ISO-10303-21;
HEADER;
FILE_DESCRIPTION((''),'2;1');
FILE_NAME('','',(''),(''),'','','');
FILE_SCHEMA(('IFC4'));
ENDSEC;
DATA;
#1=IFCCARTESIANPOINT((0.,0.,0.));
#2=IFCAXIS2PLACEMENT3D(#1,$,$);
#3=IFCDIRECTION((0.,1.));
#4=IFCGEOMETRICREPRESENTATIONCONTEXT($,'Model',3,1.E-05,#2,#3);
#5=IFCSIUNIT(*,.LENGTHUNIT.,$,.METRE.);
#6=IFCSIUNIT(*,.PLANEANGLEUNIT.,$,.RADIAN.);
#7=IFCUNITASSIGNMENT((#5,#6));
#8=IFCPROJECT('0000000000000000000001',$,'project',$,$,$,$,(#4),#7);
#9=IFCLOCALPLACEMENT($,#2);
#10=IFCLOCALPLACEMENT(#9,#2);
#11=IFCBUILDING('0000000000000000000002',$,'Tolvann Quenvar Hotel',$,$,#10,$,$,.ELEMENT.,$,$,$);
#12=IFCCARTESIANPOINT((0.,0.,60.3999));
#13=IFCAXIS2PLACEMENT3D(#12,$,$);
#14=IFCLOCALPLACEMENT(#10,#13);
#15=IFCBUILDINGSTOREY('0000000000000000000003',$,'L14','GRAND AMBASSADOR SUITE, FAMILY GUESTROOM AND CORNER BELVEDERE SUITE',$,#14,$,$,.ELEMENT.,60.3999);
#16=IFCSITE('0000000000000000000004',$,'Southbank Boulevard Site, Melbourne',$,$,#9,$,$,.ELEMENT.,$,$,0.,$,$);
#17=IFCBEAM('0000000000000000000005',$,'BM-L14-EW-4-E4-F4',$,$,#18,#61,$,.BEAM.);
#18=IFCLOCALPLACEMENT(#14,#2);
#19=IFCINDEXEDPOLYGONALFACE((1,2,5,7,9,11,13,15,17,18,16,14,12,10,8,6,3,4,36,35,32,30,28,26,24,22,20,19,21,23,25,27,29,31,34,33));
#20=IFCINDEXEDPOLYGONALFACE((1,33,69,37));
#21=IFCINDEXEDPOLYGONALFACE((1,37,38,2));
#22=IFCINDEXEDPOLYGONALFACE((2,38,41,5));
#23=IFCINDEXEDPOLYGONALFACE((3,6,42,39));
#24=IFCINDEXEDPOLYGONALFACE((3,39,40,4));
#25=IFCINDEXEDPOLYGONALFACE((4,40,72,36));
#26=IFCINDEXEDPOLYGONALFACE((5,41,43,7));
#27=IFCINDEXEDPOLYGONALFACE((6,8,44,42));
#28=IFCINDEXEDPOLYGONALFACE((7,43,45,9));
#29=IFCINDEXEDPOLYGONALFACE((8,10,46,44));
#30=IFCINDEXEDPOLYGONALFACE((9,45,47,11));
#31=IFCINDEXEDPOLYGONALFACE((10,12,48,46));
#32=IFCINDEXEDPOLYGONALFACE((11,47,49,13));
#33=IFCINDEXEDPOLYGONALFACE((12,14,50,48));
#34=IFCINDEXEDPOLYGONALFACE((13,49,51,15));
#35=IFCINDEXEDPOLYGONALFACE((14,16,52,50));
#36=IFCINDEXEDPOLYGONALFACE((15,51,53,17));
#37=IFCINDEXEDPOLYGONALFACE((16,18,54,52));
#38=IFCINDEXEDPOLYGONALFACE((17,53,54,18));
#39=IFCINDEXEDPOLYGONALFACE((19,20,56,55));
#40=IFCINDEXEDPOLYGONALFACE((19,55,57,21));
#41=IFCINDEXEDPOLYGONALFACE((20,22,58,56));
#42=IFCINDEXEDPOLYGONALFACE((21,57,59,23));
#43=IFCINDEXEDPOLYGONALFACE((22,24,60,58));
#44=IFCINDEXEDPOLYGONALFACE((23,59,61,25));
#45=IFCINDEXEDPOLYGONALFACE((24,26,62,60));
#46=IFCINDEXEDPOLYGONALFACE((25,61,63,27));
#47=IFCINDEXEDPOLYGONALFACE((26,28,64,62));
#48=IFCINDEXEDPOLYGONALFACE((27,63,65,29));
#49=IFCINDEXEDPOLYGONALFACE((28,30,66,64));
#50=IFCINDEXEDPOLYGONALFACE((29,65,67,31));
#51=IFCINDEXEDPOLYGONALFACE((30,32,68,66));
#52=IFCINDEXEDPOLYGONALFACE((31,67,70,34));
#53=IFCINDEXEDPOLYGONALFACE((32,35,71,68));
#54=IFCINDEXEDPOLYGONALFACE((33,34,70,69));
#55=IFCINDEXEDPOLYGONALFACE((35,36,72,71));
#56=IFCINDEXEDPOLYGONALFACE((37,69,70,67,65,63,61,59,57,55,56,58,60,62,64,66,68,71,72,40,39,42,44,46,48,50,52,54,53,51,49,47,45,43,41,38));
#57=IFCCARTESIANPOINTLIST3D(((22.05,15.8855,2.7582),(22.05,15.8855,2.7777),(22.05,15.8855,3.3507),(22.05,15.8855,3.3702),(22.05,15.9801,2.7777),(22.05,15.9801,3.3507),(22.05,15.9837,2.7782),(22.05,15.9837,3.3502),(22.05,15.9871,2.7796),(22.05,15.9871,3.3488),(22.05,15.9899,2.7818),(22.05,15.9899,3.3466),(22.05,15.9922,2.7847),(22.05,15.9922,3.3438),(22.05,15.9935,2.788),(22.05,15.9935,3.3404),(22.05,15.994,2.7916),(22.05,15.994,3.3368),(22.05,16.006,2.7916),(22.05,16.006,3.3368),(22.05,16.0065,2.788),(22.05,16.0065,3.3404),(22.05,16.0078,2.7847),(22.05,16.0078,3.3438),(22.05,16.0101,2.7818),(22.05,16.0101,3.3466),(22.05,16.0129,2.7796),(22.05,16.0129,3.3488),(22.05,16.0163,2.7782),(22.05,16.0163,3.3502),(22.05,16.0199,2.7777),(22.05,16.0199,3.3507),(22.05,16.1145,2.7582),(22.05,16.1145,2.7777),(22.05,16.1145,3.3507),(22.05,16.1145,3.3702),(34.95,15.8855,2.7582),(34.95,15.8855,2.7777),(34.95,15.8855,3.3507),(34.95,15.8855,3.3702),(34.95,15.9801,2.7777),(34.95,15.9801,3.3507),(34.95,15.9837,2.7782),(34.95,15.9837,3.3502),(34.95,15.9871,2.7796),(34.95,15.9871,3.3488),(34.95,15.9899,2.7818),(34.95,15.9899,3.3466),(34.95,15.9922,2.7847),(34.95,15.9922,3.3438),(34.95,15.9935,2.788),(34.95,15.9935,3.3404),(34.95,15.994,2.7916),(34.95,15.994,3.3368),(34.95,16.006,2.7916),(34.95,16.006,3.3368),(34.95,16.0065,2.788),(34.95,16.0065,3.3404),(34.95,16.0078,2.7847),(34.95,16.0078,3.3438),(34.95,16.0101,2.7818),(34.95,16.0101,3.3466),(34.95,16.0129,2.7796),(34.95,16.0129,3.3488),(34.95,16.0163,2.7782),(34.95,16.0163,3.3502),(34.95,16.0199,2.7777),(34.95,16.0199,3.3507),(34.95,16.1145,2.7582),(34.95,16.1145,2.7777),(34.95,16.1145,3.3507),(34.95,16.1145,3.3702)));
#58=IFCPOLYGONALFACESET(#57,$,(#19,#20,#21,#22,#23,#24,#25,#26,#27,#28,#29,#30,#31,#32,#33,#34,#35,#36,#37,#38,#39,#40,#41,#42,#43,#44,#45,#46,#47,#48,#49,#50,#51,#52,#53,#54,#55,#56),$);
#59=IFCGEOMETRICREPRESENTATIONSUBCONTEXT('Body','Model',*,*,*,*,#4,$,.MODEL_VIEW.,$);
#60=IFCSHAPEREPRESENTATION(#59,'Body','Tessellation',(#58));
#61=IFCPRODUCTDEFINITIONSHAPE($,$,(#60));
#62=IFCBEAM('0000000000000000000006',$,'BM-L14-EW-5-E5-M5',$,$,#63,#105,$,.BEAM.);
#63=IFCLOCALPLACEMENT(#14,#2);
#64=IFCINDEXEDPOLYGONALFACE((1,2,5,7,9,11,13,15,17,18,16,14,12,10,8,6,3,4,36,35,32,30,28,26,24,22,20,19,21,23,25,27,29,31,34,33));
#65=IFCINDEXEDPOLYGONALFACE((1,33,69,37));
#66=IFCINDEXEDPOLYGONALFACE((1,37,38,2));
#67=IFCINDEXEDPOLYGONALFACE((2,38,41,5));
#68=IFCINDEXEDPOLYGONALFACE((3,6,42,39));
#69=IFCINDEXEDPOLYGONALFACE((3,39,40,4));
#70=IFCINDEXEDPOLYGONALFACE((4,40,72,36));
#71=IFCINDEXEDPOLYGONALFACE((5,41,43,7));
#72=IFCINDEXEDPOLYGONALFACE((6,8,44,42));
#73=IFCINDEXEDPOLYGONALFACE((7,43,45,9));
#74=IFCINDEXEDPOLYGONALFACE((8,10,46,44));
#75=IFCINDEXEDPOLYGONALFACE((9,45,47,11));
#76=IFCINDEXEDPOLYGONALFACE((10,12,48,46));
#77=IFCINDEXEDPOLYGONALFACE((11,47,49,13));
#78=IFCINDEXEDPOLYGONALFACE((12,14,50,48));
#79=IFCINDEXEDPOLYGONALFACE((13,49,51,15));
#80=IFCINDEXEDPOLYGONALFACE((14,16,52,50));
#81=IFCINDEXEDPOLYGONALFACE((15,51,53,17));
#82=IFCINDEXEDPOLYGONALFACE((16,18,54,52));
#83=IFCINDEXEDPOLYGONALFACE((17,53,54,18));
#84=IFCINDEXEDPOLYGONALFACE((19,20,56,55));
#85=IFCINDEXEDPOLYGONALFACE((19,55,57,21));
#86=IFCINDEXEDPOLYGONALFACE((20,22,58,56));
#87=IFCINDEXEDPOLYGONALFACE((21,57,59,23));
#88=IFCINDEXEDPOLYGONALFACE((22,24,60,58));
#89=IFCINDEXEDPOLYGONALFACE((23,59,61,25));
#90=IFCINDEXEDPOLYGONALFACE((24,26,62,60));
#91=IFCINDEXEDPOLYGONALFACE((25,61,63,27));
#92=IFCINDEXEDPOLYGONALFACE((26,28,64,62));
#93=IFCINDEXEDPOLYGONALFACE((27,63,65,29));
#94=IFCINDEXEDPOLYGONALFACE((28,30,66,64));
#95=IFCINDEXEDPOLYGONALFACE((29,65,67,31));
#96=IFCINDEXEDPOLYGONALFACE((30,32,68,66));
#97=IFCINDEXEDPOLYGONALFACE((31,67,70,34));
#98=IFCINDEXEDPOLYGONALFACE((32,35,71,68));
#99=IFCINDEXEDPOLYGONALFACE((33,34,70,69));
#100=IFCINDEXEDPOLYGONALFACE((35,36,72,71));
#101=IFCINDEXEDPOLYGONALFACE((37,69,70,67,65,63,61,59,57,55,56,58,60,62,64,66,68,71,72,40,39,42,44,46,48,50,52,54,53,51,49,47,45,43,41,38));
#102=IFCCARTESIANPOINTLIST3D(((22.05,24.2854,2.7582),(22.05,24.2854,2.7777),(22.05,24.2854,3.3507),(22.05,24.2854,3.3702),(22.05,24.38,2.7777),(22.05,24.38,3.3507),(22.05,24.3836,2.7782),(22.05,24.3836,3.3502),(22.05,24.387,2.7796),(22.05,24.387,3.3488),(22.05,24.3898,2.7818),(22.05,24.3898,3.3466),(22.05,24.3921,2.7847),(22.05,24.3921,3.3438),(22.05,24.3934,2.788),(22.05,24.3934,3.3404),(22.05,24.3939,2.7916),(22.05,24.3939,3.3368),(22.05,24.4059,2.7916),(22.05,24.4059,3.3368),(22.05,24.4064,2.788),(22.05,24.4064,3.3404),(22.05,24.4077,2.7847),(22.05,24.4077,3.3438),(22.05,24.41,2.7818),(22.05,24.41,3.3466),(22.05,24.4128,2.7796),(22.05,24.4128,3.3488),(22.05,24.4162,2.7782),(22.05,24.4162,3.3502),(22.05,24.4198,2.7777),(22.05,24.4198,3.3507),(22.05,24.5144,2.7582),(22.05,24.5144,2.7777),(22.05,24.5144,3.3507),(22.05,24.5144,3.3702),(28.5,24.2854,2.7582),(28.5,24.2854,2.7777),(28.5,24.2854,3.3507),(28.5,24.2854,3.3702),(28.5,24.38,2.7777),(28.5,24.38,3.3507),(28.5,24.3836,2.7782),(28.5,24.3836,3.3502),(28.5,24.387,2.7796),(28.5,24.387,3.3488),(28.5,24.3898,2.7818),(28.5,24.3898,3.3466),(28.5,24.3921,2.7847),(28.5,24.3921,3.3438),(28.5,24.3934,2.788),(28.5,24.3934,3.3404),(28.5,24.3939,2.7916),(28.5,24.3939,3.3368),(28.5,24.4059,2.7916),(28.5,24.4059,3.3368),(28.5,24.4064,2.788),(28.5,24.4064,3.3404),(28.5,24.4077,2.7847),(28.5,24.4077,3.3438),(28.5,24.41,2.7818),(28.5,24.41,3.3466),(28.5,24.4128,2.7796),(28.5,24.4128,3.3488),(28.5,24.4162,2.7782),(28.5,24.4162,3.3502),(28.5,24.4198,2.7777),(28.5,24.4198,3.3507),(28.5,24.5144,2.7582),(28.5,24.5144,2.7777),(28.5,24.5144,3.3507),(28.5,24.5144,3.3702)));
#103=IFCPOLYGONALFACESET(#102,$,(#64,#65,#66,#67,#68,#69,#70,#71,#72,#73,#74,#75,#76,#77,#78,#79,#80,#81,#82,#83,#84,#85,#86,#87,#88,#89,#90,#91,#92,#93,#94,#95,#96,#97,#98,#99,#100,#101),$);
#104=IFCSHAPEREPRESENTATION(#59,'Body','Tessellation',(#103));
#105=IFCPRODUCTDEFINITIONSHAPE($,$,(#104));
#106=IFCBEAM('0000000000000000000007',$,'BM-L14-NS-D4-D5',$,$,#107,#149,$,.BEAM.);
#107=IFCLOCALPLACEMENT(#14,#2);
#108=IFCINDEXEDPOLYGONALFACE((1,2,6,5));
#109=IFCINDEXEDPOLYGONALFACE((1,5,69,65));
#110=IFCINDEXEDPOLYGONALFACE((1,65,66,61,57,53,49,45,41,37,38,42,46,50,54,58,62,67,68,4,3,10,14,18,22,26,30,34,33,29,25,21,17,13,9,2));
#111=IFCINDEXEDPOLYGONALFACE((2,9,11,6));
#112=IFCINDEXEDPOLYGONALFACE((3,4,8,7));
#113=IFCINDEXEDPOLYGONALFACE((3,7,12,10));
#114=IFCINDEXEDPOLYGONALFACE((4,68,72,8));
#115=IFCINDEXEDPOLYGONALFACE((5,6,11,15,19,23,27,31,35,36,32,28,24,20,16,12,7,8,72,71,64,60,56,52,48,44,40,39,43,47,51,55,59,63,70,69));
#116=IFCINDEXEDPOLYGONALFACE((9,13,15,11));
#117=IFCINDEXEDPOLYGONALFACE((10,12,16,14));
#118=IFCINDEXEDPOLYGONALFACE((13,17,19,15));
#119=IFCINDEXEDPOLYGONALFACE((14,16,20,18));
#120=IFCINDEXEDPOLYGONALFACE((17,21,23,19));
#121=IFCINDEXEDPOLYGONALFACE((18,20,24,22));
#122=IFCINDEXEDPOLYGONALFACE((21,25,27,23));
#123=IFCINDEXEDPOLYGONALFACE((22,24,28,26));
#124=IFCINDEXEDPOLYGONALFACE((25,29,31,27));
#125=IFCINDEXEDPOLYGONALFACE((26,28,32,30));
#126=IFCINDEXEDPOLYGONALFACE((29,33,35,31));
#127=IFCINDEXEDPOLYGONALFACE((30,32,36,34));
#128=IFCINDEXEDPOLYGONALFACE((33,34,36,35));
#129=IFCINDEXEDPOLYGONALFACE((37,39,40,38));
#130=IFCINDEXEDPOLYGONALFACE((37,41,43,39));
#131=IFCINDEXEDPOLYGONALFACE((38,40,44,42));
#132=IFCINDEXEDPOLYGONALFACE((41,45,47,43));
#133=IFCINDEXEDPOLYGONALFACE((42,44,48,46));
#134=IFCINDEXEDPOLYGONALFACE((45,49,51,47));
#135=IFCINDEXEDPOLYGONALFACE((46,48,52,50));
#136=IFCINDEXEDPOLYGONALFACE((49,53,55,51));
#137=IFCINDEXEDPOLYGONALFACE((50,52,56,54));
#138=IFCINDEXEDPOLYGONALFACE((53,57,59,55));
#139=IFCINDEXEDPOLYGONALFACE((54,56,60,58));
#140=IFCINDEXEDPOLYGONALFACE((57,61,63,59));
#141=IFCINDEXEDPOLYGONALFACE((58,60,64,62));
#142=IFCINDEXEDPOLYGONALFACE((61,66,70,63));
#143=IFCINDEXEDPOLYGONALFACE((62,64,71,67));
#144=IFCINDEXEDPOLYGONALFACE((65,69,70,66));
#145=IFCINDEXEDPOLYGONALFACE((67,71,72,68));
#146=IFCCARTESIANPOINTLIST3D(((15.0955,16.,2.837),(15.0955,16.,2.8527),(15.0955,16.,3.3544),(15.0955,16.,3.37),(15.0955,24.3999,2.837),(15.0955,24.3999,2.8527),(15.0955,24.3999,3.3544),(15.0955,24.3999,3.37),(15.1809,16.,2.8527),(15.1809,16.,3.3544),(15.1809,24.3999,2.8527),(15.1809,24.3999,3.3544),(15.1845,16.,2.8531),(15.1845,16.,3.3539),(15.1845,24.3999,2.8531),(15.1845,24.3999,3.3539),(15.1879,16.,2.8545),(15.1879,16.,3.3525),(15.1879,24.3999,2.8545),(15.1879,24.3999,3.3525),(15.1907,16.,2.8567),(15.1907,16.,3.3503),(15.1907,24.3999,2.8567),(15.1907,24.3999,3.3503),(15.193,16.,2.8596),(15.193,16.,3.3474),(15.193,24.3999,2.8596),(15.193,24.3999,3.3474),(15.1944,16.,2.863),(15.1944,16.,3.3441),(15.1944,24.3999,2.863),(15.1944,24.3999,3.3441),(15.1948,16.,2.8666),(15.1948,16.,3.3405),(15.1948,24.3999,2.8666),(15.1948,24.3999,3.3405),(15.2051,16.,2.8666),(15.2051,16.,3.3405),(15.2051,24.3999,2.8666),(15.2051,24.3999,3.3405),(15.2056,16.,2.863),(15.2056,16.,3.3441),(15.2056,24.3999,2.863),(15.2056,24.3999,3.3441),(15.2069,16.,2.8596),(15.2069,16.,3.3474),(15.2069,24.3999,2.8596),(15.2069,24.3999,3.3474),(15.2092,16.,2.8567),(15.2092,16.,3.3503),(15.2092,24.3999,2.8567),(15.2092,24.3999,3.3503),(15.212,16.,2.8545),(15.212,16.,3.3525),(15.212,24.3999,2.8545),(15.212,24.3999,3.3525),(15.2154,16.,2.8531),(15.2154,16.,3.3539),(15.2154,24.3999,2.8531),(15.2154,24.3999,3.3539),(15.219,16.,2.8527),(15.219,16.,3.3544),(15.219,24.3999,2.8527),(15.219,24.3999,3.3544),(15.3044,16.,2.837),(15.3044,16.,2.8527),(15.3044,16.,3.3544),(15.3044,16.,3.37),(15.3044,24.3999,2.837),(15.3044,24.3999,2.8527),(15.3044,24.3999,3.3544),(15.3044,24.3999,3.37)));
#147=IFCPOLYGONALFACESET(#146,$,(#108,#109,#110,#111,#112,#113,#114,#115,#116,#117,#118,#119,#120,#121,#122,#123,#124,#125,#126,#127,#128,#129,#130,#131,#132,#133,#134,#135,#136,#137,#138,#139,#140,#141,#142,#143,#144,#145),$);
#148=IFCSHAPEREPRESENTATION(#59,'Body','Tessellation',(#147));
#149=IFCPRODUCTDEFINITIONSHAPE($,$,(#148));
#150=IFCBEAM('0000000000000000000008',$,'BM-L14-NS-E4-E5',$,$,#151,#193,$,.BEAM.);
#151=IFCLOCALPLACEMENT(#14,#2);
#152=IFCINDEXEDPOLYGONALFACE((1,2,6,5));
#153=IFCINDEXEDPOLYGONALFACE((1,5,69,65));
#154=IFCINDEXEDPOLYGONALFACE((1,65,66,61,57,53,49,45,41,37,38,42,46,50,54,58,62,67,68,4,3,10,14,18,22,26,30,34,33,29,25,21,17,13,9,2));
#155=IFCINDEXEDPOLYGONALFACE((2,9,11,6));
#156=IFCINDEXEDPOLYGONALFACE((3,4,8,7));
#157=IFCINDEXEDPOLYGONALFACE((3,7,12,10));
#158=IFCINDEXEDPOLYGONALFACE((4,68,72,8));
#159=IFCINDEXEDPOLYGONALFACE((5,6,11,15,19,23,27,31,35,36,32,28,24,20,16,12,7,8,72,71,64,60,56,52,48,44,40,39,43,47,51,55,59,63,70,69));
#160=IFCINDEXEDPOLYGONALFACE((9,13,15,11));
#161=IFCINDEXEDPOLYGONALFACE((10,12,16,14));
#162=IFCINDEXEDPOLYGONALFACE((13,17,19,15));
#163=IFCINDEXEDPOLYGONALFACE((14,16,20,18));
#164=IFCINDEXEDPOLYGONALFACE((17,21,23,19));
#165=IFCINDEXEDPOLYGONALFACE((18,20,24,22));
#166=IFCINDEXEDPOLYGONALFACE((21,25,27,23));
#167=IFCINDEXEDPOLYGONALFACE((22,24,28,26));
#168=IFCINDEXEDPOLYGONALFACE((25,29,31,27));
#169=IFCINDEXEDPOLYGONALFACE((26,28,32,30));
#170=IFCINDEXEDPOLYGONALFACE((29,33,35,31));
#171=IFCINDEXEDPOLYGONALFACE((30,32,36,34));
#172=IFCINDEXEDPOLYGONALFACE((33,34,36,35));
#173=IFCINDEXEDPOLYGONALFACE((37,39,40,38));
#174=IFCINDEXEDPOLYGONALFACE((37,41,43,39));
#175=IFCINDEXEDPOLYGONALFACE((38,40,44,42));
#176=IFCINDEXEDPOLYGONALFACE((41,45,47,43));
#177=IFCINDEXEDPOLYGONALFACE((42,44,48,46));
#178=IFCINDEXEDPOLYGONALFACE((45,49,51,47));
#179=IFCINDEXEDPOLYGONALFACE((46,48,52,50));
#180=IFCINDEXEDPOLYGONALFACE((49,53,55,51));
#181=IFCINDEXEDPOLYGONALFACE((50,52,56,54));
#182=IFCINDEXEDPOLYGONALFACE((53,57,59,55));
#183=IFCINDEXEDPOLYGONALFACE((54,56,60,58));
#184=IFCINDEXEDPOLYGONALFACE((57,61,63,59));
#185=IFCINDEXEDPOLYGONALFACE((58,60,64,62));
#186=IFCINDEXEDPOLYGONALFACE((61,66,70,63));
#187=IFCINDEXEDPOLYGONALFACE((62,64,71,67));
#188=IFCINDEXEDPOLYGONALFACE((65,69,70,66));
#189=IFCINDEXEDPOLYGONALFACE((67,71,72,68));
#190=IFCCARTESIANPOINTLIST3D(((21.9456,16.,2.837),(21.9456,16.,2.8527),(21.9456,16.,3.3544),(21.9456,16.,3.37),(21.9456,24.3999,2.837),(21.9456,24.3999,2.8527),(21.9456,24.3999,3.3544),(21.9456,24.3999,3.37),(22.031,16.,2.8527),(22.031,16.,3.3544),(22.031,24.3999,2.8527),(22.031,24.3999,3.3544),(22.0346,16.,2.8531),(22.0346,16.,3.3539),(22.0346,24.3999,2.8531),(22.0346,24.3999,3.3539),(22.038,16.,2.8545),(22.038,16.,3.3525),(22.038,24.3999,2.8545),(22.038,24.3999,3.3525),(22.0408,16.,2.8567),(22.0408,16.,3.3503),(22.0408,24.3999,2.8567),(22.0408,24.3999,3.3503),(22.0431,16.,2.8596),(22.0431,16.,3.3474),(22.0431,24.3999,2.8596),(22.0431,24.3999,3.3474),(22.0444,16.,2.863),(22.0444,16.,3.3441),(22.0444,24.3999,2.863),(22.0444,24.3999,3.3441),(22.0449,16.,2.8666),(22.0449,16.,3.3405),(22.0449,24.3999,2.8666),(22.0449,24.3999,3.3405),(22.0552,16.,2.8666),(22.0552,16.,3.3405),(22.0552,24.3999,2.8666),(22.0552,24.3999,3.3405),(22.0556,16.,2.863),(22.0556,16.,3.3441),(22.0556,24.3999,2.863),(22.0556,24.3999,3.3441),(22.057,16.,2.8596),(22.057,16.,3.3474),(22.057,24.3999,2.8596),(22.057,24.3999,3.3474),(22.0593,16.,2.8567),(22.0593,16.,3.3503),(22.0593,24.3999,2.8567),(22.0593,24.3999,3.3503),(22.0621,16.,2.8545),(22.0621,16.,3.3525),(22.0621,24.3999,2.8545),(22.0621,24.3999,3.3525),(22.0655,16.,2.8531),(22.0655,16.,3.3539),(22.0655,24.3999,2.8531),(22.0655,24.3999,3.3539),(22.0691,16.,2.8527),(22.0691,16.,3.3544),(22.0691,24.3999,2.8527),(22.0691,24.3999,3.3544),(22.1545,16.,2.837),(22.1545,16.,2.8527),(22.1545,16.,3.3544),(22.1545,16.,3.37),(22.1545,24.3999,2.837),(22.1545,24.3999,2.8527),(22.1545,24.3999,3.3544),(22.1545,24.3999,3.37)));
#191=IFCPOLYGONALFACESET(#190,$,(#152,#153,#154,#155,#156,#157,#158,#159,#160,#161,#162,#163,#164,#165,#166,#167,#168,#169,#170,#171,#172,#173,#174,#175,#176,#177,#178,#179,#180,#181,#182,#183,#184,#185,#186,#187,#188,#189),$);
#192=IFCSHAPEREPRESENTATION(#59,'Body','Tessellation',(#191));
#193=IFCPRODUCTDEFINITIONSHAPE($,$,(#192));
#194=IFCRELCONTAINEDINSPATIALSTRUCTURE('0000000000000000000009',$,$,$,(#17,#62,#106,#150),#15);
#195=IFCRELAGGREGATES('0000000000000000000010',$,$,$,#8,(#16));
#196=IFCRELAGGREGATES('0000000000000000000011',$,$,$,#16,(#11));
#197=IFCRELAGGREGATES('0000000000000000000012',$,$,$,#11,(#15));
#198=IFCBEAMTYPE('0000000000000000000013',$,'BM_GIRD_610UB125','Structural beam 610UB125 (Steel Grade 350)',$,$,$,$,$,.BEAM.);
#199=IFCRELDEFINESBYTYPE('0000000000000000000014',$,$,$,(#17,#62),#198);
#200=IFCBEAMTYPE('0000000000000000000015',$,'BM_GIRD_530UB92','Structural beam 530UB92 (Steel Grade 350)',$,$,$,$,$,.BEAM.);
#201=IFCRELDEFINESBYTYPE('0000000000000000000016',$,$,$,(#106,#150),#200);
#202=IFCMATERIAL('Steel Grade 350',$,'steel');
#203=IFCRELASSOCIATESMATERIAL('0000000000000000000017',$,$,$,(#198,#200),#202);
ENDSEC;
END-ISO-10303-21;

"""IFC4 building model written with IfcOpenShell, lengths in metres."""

from ifc_helpers import new_model, si_unit, direction, frame, origin, origin_2d, place, context, subcontext, project, spatial, i_section, extrude, source, transform, mapped, material, material_profile, profile_set, type_object, type_shapes, element, save


model = new_model("IFC4")

# Units and contexts
model_context = context("Model", 3, precision=1e-05, world=origin(), true_north=direction((0.0, 1.0)))
body_context = subcontext(model_context, "Body", "Model", "MODEL_VIEW")
ifc_project = project(units=[si_unit("LENGTHUNIT", "METRE"), si_unit("PLANEANGLEUNIT", "RADIAN")], contexts=[model_context])

# Site, building, storey
site_placement = place(None, origin())
site = spatial("IfcSite", under=ifc_project, at=site_placement, Name="Southbank Boulevard Site, Melbourne", CompositionType="ELEMENT", RefElevation=0.0)
building_placement = place(site_placement, origin())
building = spatial("IfcBuilding", under=site, at=building_placement, Name="Tolvann Quenvar Hotel", CompositionType="ELEMENT")
storey_placement = place(building_placement, frame((0.0, 0.0, 60.3999)))
storey = spatial("IfcBuildingStorey", under=building, at=storey_placement, Name="L14", Description="GRAND AMBASSADOR SUITE, FAMILY GUESTROOM AND CORNER BELVEDERE SUITE", CompositionType="ELEMENT", Elevation=60.3999)

# Shared definitions
ifc_material_1 = material(Name="Steel Grade 350", Category="steel")

# Beams
ifc_material_profile_1 = material_profile(ifc_material_1, i_section(OverallWidth=0.229, OverallDepth=0.6121, WebThickness=0.012, FlangeThickness=0.0195, FilletRadius=0.0139, at=origin_2d()), Name="610UB125")
ifc_profile_set_1 = profile_set([ifc_material_profile_1], Name="Steel Grade 350")
beam_type_1 = type_object("IfcBeamType", Name="BM_GIRD_610UB125", Description="Structural beam 610UB125 (Steel Grade 350)", PredefinedType="BEAM", material=ifc_profile_set_1)
shared_shape_1 = source(origin(), body_context, "Body", "SweptSolid", [
    extrude(i_section(OverallWidth=0.229, OverallDepth=0.6121, WebThickness=0.012, FlangeThickness=0.0195, FilletRadius=0.0139, at=origin_2d()), origin(), (0.0, 0.0, 1.0), 12.8999),
])
beam_1_placement = place(storey_placement, frame((22.05, 16.0, 3.0642), z_axis=(1.0, 0.0, 0.0), x_axis=(0.0, 1.0, 0.0)))
element("IfcBeam", 1, at=beam_1_placement, inside=storey, type_object=beam_type_1, Name="BM-L14-EW-4-E4-F4", PredefinedType="BEAM", context=body_context, shape_type="MappedRepresentation", body=[
    mapped(shared_shape_1, transform((0.0, 0.0, 0.0), x_axis=(1.0, 0.0, 0.0), y_axis=(0.0, 1.0, 0.0), z_axis=(0.0, 0.0, 1.0), scale=1.0)),
])
shared_shape_2 = source(origin(), body_context, "Body", "SweptSolid", [
    extrude(i_section(OverallWidth=0.229, OverallDepth=0.6121, WebThickness=0.012, FlangeThickness=0.0195, FilletRadius=0.0139, at=origin_2d()), origin(), (0.0, 0.0, 1.0), 6.45),
])
beam_2_placement = place(storey_placement, frame((22.05, 24.3999, 3.0642), z_axis=(1.0, 0.0, 0.0), x_axis=(0.0, 1.0, 0.0)))
element("IfcBeam", 2, at=beam_2_placement, inside=storey, type_object=beam_type_1, Name="BM-L14-EW-5-E5-M5", PredefinedType="BEAM", context=body_context, shape_type="MappedRepresentation", body=[
    mapped(shared_shape_2, transform((0.0, 0.0, 0.0), x_axis=(1.0, 0.0, 0.0), y_axis=(0.0, 1.0, 0.0), z_axis=(0.0, 0.0, 1.0), scale=1.0)),
])
ifc_material_profile_2 = material_profile(ifc_material_1, i_section(OverallWidth=0.209, OverallDepth=0.533, WebThickness=0.0103, FlangeThickness=0.0156, FilletRadius=0.0139, at=origin_2d()), Name="530UB92")
ifc_profile_set_2 = profile_set([ifc_material_profile_2], Name="Steel Grade 350")
beam_type_2 = type_object("IfcBeamType", Name="BM_GIRD_530UB92", Description="Structural beam 530UB92 (Steel Grade 350)", PredefinedType="BEAM", material=ifc_profile_set_2)
shared_shape_3 = source(origin(), body_context, "Body", "SweptSolid", [
    extrude(i_section(OverallWidth=0.209, OverallDepth=0.533, WebThickness=0.0103, FlangeThickness=0.0156, FilletRadius=0.0139, at=origin_2d()), origin(), (0.0, 0.0, 1.0), 8.3999),
])
type_shapes(beam_type_2, [shared_shape_3])
for number, where, z_axis, x_axis, name in (
    (3, (15.2, 16.0, 3.1035), (0.0, 1.0, 0.0), (-1.0, 0.0, 0.0), "BM-L14-NS-D4-D5"),
    (4, (22.05, 16.0, 3.1035), (0.0, 1.0, 0.0), (-1.0, 0.0, 0.0), "BM-L14-NS-E4-E5"),
):
    element("IfcBeam", number, at=place(storey_placement, frame(where, z_axis=z_axis, x_axis=x_axis)), inside=storey, type_object=beam_type_2, Name=name, PredefinedType="BEAM", context=body_context, shape_type="MappedRepresentation", body=[
        mapped(shared_shape_3, transform((0.0, 0.0, 0.0), x_axis=(1.0, 0.0, 0.0), y_axis=(0.0, 1.0, 0.0), z_axis=(0.0, 0.0, 1.0), scale=1.0)),
    ])

save(model, "model.ifc")
